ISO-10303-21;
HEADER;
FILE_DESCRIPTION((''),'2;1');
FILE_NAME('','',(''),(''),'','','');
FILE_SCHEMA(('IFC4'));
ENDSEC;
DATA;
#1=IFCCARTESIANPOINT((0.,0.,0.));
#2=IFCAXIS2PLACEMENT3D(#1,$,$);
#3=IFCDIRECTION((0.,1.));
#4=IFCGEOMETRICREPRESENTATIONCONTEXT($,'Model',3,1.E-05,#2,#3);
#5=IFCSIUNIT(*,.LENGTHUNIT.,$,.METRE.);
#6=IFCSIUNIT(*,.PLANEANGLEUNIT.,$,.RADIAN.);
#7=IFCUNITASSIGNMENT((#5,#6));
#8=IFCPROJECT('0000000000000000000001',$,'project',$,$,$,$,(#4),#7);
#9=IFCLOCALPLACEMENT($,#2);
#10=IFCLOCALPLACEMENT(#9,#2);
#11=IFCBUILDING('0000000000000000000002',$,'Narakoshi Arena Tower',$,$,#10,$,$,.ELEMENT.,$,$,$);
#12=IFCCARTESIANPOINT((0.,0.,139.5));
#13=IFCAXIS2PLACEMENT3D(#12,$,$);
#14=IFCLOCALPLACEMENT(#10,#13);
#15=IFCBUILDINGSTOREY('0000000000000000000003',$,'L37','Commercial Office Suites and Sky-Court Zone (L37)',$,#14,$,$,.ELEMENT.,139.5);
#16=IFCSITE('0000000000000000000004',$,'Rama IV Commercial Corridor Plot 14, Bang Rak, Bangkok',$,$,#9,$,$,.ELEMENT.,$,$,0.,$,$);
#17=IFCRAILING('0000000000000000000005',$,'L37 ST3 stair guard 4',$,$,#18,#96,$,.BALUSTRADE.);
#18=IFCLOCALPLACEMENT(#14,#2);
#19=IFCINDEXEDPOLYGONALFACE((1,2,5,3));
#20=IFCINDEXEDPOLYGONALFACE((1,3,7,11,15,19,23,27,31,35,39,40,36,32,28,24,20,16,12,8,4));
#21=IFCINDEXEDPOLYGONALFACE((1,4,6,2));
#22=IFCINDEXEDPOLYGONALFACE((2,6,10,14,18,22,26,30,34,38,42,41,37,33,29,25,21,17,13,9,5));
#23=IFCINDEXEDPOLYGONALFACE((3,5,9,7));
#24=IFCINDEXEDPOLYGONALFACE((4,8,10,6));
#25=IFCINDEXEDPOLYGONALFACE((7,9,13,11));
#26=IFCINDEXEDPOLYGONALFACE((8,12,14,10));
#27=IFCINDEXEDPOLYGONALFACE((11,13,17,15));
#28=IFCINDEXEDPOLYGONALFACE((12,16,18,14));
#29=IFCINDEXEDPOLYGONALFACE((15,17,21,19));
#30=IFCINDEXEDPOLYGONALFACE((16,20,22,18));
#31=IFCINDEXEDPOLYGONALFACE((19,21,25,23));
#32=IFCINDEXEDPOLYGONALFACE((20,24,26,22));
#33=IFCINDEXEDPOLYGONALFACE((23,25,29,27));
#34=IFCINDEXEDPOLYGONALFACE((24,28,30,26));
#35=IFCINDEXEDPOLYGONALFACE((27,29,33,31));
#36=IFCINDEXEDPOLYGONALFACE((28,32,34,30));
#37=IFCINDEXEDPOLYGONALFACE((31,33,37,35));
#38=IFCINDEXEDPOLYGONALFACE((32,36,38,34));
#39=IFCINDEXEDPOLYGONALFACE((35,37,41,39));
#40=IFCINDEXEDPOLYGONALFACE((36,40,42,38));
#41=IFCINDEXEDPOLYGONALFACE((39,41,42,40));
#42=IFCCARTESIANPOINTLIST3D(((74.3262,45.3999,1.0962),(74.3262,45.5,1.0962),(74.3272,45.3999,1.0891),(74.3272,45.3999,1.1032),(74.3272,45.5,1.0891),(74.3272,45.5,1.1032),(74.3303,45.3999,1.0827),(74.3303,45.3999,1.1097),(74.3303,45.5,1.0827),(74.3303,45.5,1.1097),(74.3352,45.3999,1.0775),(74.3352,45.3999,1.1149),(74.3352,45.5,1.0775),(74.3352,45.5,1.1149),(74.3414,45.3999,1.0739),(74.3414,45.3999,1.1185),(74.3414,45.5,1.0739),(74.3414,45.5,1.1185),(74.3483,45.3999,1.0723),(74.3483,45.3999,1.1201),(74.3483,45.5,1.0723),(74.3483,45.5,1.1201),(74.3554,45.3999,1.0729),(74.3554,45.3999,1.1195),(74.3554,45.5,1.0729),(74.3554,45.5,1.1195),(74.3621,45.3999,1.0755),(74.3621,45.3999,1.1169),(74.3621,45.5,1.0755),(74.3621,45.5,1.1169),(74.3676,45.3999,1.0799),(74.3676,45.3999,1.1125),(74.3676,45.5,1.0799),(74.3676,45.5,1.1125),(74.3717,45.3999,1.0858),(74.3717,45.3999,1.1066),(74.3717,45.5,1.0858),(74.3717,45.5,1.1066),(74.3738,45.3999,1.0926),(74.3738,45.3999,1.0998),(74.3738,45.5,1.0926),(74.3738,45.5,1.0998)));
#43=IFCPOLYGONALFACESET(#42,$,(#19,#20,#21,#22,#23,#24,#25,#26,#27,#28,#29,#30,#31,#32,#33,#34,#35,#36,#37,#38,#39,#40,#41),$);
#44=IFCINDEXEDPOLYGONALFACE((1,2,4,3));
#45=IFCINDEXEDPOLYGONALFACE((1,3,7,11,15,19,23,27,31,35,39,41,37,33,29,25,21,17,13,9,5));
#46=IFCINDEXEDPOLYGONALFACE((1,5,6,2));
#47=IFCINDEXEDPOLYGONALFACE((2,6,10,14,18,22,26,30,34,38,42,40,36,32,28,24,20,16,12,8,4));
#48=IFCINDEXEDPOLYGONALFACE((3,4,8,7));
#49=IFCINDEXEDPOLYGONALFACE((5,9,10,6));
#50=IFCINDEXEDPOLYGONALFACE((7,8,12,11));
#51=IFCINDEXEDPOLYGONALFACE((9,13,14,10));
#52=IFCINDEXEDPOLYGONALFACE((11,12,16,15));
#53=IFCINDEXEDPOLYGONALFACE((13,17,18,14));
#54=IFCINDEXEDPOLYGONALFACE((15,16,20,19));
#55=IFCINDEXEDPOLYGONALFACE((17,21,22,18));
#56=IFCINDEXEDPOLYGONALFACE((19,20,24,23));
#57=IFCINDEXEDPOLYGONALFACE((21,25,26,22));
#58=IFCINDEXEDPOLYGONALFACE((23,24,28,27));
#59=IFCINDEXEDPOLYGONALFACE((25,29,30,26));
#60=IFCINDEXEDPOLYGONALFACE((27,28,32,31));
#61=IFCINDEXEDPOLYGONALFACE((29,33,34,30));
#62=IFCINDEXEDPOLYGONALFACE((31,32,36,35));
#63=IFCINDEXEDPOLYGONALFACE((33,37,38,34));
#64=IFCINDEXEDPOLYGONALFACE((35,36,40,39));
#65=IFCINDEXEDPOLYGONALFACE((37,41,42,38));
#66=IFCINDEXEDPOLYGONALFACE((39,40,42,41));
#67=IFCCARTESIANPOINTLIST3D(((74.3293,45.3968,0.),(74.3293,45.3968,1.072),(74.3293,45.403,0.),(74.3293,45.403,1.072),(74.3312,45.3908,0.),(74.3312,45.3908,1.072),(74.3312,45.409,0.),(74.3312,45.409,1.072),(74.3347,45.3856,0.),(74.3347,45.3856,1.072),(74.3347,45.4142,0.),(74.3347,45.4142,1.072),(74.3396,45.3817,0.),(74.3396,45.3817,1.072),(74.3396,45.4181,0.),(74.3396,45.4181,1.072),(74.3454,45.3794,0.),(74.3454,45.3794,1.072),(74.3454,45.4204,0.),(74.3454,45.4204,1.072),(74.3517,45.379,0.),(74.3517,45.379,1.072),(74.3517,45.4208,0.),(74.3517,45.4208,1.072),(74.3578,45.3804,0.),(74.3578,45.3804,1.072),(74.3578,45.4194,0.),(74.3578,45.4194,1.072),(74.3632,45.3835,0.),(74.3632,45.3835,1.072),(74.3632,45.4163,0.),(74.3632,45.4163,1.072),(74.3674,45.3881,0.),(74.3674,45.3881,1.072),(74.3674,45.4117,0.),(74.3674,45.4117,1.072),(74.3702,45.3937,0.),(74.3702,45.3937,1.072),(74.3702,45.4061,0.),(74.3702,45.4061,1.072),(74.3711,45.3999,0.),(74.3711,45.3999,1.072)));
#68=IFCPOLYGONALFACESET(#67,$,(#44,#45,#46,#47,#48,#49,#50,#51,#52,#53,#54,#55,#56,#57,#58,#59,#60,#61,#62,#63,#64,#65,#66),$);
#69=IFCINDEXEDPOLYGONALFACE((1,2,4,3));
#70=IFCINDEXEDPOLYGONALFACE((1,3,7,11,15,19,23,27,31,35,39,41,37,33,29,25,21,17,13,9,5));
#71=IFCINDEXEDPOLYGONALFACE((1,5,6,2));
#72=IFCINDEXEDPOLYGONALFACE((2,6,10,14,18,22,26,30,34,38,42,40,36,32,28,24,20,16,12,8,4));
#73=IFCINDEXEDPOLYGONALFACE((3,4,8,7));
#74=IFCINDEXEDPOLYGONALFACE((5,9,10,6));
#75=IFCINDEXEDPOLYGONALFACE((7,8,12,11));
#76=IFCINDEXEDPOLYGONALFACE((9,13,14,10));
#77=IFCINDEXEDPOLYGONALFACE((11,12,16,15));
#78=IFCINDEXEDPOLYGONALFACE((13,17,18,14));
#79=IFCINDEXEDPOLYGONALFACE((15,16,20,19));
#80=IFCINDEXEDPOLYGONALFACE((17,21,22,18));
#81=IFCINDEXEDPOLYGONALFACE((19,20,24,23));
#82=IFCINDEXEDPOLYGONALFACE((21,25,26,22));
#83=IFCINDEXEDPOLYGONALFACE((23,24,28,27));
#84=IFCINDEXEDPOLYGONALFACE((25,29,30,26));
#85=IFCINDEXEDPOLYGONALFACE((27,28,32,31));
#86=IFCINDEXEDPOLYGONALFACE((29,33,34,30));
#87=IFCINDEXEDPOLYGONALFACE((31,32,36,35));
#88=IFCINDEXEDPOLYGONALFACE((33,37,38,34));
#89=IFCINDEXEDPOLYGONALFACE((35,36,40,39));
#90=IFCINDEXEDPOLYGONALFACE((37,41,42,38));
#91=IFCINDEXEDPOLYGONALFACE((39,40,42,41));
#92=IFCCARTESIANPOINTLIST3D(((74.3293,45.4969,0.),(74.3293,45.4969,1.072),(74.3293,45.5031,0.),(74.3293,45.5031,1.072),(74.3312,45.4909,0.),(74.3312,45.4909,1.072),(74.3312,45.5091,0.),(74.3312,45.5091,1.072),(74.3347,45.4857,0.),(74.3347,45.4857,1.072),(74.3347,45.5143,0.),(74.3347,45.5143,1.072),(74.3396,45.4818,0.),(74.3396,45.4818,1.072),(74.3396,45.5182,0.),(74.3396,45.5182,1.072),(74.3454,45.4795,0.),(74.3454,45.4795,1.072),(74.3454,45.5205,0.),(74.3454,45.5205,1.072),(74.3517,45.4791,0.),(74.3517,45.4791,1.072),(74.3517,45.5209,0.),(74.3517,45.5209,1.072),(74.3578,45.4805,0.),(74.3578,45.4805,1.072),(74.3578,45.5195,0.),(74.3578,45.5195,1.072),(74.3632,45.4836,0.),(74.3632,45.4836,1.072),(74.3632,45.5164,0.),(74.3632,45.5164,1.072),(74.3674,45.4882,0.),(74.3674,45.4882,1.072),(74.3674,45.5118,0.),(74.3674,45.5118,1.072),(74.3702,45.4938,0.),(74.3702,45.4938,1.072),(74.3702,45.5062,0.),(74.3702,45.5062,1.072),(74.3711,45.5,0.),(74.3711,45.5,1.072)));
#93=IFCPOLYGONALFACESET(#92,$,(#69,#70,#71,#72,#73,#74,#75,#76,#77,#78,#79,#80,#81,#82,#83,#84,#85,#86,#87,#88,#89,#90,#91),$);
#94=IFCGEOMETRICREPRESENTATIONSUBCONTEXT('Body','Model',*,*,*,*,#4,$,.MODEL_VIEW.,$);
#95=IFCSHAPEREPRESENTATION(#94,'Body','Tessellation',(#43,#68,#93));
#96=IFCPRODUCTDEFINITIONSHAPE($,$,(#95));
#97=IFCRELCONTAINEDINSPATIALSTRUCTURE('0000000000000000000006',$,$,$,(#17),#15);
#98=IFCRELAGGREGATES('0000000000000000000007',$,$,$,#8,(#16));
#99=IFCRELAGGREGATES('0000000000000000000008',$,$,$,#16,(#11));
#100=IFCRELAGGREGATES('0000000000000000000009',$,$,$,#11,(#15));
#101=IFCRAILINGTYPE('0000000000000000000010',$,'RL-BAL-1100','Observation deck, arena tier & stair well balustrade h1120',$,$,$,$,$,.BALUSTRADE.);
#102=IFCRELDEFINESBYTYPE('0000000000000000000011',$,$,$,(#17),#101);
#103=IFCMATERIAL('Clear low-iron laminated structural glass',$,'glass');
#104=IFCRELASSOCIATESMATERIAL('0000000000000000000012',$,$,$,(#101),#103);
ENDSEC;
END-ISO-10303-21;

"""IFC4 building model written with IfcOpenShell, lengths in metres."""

from ifc_helpers import new_model, si_unit, direction, frame, origin, origin_2d, place, context, subcontext, project, spatial, circle, extrude, material, type_object, element, save


model = new_model("IFC4")

# Units and contexts
model_context = context("Model", 3, precision=1e-05, world=origin(), true_north=direction((0.0, 1.0)))
body_context = subcontext(model_context, "Body", "Model", "MODEL_VIEW")
ifc_project = project(units=[si_unit("LENGTHUNIT", "METRE"), si_unit("PLANEANGLEUNIT", "RADIAN")], contexts=[model_context])

# Site, building, storey
site_placement = place(None, origin())
site = spatial("IfcSite", under=ifc_project, at=site_placement, Name="Rama IV Commercial Corridor Plot 14, Bang Rak, Bangkok", CompositionType="ELEMENT", RefElevation=0.0)
building_placement = place(site_placement, origin())
building = spatial("IfcBuilding", under=site, at=building_placement, Name="Narakoshi Arena Tower", CompositionType="ELEMENT")
storey_placement = place(building_placement, frame((0.0, 0.0, 139.5)))
storey = spatial("IfcBuildingStorey", under=building, at=storey_placement, Name="L37", Description="Commercial Office Suites and Sky-Court Zone (L37)", CompositionType="ELEMENT", Elevation=139.5)

# Railing
ifc_material_1 = material(Name="Clear low-iron laminated structural glass", Category="glass")
railing_type_1 = type_object("IfcRailingType", Name="RL-BAL-1100", Description="Observation deck, arena tier & stair well balustrade h1120", PredefinedType="BALUSTRADE", material=ifc_material_1)
for number, where, name in (
    (1, (74.3501, 45.3999, 0.0), "L37 ST3 stair guard 4"),
):
    element("IfcRailing", number, at=place(storey_placement, frame(where)), inside=storey, type_object=railing_type_1, Name=name, PredefinedType="BALUSTRADE", context=body_context, shape_type="SweptSolid", body=[
        extrude(circle(Radius=0.0239, at=origin_2d()), frame((0.0, 0.0, 1.0962), z_axis=(0.0, 1.0, 0.0), x_axis=(-1.0, 0.0, 0.0)), (0.0, 0.0, 1.0), 0.1001),
        extrude(circle(Radius=0.021, at=origin_2d()), origin(), (0.0, 0.0, 1.0), 1.072),
        extrude(circle(Radius=0.021, at=origin_2d()), frame((0.0, 0.1001, 0.0)), (0.0, 0.0, 1.0), 1.072),
    ])

save(model, "model.ifc")
